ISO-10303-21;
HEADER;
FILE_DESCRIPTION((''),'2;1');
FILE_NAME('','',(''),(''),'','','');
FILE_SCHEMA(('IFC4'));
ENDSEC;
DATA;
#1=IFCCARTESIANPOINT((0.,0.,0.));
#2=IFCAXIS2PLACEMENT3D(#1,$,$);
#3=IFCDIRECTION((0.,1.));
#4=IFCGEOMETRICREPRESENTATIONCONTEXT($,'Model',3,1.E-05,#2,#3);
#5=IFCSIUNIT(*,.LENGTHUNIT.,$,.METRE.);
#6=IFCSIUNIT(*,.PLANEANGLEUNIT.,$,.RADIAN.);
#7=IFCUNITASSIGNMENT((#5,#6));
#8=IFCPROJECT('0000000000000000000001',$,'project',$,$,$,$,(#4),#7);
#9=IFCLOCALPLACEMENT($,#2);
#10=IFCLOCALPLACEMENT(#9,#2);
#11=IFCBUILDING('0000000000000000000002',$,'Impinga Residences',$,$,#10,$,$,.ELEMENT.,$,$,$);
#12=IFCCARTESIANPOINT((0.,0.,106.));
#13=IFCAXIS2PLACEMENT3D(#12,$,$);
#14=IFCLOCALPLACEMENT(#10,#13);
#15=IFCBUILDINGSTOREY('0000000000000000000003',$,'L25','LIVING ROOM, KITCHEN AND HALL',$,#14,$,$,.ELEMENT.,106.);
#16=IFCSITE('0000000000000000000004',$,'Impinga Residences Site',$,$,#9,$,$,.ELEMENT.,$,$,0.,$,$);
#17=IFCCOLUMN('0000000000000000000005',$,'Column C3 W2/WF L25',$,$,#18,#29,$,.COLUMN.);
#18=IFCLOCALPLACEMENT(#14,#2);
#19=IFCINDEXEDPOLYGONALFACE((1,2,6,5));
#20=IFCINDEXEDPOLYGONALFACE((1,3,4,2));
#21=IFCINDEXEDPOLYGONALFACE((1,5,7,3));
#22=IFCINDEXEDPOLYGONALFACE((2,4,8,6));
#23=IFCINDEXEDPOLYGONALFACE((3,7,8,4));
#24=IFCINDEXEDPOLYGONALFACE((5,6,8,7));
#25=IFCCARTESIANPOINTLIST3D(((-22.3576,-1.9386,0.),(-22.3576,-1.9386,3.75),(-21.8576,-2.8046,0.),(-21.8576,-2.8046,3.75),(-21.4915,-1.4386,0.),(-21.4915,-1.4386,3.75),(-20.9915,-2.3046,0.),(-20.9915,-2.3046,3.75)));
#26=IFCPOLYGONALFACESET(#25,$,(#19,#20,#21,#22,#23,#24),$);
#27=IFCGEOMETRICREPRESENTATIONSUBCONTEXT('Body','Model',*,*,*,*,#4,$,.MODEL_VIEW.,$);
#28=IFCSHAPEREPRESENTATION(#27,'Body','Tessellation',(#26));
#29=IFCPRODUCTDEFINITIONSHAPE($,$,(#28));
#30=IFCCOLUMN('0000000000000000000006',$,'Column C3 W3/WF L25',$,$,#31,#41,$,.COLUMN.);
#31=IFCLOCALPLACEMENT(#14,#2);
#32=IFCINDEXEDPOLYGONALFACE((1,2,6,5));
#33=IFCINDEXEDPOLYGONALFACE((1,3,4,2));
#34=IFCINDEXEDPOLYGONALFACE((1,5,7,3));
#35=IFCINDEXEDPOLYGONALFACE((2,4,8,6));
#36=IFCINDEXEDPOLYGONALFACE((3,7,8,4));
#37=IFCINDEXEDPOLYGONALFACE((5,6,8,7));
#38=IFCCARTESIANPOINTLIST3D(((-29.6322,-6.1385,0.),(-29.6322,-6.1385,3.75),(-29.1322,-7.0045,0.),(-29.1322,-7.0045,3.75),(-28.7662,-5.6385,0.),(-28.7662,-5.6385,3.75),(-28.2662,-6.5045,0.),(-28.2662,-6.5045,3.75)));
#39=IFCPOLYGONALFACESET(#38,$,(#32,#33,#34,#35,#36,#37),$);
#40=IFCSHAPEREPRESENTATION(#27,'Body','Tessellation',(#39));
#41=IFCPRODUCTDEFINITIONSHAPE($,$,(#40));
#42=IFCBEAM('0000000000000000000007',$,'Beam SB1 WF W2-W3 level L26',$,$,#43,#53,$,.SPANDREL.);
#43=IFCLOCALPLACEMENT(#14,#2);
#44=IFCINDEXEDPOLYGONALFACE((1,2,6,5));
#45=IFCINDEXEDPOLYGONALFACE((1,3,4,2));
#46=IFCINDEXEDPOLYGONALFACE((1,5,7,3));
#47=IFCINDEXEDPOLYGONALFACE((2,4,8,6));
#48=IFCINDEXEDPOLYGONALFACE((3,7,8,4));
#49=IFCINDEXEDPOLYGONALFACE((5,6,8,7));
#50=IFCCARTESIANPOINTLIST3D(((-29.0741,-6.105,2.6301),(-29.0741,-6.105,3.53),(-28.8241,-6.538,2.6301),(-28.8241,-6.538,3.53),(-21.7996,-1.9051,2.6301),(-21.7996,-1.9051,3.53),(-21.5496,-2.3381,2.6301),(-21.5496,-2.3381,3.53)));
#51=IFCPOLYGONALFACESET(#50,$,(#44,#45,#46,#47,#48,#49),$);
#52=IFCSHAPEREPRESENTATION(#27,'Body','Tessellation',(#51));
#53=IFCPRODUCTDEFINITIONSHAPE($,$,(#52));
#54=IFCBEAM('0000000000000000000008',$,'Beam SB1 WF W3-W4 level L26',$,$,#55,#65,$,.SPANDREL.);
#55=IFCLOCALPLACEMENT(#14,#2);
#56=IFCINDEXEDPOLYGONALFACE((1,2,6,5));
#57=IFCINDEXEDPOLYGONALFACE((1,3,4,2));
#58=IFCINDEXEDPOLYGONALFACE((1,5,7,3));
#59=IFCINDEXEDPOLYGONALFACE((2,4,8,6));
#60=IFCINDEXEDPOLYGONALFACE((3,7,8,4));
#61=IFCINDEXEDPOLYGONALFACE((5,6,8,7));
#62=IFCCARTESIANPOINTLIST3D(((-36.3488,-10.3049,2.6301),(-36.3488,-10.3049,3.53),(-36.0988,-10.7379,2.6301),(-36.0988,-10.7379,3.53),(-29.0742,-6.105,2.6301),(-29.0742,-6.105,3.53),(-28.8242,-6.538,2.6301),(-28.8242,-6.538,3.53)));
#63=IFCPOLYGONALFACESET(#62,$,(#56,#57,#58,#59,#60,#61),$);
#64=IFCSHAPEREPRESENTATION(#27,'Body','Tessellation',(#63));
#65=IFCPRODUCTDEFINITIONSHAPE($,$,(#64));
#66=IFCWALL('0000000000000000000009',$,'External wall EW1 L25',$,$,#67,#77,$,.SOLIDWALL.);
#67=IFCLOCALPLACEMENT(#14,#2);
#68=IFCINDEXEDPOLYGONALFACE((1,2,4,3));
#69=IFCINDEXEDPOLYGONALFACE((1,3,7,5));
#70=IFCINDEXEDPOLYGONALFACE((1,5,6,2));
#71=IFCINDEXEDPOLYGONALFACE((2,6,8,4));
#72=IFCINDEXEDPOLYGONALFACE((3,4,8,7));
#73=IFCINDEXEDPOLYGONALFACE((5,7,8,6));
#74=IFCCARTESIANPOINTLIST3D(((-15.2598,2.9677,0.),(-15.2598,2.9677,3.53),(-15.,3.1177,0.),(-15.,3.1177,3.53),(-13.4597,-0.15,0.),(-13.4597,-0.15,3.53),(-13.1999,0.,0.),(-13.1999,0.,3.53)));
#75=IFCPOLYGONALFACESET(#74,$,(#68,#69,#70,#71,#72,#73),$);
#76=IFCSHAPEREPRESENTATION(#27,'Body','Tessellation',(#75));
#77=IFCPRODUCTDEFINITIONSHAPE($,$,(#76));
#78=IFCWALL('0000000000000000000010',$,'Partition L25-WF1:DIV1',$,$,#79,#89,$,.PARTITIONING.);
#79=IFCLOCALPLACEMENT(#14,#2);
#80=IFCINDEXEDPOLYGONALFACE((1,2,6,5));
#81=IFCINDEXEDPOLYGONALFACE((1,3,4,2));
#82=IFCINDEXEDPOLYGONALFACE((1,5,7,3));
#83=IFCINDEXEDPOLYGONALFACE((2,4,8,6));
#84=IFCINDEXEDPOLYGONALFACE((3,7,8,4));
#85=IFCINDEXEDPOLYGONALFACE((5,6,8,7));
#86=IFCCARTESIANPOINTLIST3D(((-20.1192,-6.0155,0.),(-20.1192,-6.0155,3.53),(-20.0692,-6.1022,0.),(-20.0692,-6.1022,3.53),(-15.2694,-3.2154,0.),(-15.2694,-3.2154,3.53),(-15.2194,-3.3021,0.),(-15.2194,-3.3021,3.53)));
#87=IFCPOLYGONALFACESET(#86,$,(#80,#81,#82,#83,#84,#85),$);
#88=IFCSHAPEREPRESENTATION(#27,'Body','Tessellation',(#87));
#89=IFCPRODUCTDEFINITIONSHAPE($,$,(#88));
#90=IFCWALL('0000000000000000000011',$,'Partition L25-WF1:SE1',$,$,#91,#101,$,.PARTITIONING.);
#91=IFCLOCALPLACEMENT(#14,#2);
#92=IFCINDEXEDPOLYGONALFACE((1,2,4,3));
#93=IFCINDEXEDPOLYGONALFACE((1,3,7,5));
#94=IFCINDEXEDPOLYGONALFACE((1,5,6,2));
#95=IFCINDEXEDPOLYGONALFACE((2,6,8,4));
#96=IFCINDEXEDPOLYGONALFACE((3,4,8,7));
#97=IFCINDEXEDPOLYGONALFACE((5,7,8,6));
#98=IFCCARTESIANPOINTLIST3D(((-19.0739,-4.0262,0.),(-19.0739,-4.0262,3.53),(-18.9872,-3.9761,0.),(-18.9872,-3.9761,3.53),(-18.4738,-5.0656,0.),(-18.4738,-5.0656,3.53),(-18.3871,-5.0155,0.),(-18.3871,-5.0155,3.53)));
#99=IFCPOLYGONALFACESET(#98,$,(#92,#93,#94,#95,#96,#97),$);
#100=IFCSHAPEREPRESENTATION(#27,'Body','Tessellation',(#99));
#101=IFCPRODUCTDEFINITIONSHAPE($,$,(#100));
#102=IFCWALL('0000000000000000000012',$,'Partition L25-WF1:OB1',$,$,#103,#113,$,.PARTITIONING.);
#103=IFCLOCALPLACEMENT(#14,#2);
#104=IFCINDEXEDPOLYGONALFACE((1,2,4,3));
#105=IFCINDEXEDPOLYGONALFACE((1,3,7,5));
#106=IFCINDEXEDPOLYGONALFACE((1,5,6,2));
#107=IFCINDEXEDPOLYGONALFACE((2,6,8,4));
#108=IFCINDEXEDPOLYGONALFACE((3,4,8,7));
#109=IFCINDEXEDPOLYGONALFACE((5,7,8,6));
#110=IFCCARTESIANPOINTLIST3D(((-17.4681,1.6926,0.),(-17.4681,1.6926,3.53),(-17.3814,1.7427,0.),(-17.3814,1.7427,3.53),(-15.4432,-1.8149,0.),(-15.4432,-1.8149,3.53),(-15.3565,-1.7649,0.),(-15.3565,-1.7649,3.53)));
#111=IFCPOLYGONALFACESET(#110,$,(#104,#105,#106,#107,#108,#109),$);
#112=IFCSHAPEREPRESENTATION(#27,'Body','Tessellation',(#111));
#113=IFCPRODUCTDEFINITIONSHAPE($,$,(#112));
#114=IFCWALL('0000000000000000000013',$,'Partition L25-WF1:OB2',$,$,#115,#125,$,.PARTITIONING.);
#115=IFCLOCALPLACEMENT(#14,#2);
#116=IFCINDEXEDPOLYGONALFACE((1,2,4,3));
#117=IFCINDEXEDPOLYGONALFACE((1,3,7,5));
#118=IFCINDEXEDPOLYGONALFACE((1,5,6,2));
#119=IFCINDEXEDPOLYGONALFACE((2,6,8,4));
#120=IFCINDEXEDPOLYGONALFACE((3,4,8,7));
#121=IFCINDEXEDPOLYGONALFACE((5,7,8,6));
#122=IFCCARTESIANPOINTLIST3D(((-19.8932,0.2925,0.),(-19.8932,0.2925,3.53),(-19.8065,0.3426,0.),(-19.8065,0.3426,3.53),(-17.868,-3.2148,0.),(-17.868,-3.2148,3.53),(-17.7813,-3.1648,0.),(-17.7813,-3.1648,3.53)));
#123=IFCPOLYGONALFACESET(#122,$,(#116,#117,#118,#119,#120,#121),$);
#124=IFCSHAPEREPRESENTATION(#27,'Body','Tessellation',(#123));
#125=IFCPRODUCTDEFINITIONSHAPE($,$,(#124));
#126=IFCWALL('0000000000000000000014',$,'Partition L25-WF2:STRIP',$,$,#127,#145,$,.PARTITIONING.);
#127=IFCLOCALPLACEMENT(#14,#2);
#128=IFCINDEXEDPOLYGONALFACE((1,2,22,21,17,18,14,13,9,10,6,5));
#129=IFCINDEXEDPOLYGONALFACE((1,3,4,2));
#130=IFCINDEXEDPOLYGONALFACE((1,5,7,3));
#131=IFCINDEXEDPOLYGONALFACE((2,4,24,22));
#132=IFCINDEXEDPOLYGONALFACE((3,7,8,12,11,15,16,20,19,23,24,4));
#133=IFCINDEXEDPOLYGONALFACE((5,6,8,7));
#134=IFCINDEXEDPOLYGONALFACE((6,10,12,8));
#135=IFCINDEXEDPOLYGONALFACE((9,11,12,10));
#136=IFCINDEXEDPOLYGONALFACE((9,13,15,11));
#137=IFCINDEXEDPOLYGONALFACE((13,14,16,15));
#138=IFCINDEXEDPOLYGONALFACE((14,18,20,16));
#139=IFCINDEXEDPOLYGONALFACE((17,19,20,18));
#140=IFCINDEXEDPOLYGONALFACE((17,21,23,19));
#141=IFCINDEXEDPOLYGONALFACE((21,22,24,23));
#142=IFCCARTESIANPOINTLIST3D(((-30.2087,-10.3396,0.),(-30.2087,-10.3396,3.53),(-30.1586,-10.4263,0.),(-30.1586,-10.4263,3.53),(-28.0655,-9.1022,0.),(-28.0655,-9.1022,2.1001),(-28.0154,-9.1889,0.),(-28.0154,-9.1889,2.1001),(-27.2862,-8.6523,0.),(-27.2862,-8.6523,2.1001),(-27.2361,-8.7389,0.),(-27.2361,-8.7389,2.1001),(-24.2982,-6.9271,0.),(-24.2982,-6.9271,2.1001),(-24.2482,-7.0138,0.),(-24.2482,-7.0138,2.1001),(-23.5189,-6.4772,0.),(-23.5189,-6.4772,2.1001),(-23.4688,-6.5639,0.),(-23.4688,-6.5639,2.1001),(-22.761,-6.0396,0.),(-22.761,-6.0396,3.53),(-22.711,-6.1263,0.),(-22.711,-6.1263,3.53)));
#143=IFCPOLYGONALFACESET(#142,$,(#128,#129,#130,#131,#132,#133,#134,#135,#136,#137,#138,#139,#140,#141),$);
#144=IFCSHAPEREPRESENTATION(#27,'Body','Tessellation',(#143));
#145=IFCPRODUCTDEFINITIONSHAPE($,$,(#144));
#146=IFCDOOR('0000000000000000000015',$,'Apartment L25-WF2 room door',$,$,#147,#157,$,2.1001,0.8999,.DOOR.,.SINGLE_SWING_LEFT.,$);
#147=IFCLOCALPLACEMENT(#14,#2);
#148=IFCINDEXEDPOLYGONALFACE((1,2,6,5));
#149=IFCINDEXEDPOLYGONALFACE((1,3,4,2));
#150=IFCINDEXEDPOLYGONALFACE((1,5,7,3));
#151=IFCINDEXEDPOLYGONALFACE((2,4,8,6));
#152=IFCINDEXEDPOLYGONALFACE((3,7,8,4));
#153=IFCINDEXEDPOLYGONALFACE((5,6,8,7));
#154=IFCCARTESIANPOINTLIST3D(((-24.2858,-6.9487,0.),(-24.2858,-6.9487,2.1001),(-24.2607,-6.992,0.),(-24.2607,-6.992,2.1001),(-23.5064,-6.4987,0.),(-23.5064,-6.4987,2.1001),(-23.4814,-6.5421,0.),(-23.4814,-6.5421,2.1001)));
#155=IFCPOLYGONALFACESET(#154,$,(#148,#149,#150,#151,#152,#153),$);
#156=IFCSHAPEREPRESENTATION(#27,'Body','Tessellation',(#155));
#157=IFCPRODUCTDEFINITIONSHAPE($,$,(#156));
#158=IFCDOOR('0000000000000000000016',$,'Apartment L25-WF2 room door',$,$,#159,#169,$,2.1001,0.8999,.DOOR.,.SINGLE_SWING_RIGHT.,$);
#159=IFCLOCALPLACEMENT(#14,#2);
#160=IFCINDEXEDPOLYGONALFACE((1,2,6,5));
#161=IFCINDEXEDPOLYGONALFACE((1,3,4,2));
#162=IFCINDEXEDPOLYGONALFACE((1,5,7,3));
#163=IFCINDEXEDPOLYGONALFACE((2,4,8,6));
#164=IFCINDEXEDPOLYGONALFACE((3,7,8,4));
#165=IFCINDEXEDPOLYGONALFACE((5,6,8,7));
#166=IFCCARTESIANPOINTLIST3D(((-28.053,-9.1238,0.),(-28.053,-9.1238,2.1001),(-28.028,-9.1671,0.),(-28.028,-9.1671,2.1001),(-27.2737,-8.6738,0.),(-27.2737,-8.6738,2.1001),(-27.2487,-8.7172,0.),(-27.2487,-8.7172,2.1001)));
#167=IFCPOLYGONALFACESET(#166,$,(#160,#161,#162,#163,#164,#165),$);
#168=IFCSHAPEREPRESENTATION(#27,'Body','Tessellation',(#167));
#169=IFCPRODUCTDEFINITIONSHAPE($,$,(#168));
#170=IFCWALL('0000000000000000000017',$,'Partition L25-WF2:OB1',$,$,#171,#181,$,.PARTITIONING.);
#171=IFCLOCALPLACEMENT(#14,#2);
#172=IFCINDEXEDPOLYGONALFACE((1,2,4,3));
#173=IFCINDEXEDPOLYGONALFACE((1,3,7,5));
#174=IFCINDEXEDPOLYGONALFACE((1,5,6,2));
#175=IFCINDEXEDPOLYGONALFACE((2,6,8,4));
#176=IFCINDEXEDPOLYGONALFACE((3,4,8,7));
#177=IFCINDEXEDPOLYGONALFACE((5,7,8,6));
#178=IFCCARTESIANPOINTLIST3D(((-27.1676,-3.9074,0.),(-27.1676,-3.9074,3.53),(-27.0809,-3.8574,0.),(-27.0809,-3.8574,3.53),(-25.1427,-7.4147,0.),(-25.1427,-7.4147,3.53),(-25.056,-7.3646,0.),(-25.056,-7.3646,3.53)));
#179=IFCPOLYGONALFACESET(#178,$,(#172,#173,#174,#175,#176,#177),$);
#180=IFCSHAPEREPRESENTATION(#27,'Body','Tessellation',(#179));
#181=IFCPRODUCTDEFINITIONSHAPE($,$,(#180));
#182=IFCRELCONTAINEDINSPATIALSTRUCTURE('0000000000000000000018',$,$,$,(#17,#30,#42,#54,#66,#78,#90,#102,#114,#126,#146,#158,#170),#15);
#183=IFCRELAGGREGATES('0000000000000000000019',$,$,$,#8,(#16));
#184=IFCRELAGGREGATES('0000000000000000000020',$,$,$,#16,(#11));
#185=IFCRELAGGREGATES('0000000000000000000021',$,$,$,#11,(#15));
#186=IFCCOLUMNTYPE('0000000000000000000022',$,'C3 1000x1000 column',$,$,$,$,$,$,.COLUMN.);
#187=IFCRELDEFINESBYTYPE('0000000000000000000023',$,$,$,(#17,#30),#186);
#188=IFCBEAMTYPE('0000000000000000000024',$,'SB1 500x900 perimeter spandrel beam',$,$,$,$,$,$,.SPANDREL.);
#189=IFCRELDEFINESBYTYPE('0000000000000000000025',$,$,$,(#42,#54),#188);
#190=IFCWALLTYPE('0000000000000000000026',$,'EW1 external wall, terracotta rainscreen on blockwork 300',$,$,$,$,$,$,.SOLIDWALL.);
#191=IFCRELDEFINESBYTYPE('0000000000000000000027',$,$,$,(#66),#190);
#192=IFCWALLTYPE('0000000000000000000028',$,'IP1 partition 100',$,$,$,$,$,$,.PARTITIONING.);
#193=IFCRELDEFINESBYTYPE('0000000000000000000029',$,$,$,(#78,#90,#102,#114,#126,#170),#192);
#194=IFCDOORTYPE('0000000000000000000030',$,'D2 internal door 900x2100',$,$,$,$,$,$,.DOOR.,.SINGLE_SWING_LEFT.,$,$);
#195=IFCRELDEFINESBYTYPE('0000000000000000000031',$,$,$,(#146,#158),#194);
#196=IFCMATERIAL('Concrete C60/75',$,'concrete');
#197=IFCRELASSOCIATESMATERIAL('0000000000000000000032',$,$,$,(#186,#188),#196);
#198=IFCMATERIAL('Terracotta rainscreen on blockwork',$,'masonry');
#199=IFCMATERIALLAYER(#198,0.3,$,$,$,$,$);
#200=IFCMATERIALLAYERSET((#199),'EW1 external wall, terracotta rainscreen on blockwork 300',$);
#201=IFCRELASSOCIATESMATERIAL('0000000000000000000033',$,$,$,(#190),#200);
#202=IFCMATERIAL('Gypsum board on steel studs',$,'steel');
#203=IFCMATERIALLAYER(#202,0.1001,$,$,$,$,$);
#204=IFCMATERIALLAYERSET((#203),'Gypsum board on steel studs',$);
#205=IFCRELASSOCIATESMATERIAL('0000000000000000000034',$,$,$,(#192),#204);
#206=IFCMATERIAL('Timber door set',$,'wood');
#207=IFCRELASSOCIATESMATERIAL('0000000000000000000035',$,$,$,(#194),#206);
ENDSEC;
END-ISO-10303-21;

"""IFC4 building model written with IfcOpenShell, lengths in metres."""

from ifc_helpers import new_model, si_unit, direction, frame, frame_2d, origin, origin_2d, place, context, subcontext, project, spatial, rectangle, extrude, material, layer, layer_set, material_profile, profile_set, type_object, element, fill, save


model = new_model("IFC4")

# Units and contexts
model_context = context("Model", 3, precision=1e-05, world=origin(), true_north=direction((0.0, 1.0)))
body_context = subcontext(model_context, "Body", "Model", "MODEL_VIEW")
ifc_project = project(units=[si_unit("LENGTHUNIT", "METRE"), si_unit("PLANEANGLEUNIT", "RADIAN")], contexts=[model_context])

# Site, building, storey
site_placement = place(None, origin())
site = spatial("IfcSite", under=ifc_project, at=site_placement, Name="Impinga Residences Site", CompositionType="ELEMENT", RefElevation=0.0)
building_placement = place(site_placement, origin())
building = spatial("IfcBuilding", under=site, at=building_placement, Name="Impinga Residences", CompositionType="ELEMENT")
storey_placement = place(building_placement, frame((0.0, 0.0, 106.0)))
storey = spatial("IfcBuildingStorey", under=building, at=storey_placement, Name="L25", Description="LIVING ROOM, KITCHEN AND HALL", CompositionType="ELEMENT", Elevation=106.0)

# Columns
ifc_material_1 = material(Name="Concrete C60/75", Category="concrete")
ifc_material_profile_1 = material_profile(ifc_material_1, rectangle(XDim=1.0, YDim=1.0, at=origin_2d()), Name="RC 1000x1000")
ifc_profile_set_1 = profile_set([ifc_material_profile_1], Name="Concrete C60/75")
column_type = type_object("IfcColumnType", Name="C3 1000x1000 column", PredefinedType="COLUMN", material=ifc_profile_set_1)
for number, where, z_axis, x_axis, name in (
    (1, (-21.6746, -2.1216, 0.0), (0.0, 0.0, 1.0), (-0.5, 0.866025, 0.0), "Column C3 W2/WF L25"),
    (2, (-28.9492, -6.3215, 0.0), (0.0, 0.0, 1.0), (-0.5, 0.866025, 0.0), "Column C3 W3/WF L25"),
):
    element("IfcColumn", number, at=place(storey_placement, frame(where, z_axis=z_axis, x_axis=x_axis)), inside=storey, type_object=column_type, Name=name, PredefinedType="COLUMN", context=body_context, shape_type="SweptSolid", body=[
        extrude(rectangle(XDim=1.0, YDim=1.0, at=origin_2d()), origin(), (0.0, 0.0, 1.0), 3.75),
    ])

# Beams
ifc_material_profile_2 = material_profile(ifc_material_1, rectangle(XDim=0.5, YDim=0.8999, at=origin_2d()), Name="RC 500x900")
ifc_profile_set_2 = profile_set([ifc_material_profile_2], Name="Concrete C60/75")
beam_type = type_object("IfcBeamType", Name="SB1 500x900 perimeter spandrel beam", PredefinedType="SPANDREL", material=ifc_profile_set_2)
for number, where, z_axis, x_axis, name in (
    (3, (-21.6746, -2.1216, 3.0801), (-0.866029, -0.499993, 0.0), (0.499993, -0.866029, 0.0), "Beam SB1 WF W2-W3 level L26"),
    (4, (-28.9492, -6.3215, 3.0801), (-0.866029, -0.499993, 0.0), (0.499993, -0.866029, 0.0), "Beam SB1 WF W3-W4 level L26"),
):
    element("IfcBeam", number, at=place(storey_placement, frame(where, z_axis=z_axis, x_axis=x_axis)), inside=storey, type_object=beam_type, Name=name, PredefinedType="SPANDREL", context=body_context, shape_type="SweptSolid", body=[
        extrude(rectangle(XDim=0.5, YDim=0.8999, at=origin_2d()), origin(), (0.0, 0.0, 1.0), 8.3999),
    ])

# Walls
ifc_material_2 = material(Name="Terracotta rainscreen on blockwork", Category="masonry")
ifc_layer_1 = layer(ifc_material_2, 0.3)
ifc_layer_set_1 = layer_set([ifc_layer_1], Name="EW1 external wall, terracotta rainscreen on blockwork 300")
wall_type_1 = type_object("IfcWallType", Name="EW1 external wall, terracotta rainscreen on blockwork 300", PredefinedType="SOLIDWALL", material=ifc_layer_set_1)
wall_1_placement = place(storey_placement, frame((-15.1299, 3.0427, 0.0), z_axis=(0.0, 0.0, 1.0), x_axis=(0.500012, -0.866018, 0.0)))
element("IfcWall", 5, at=wall_1_placement, inside=storey, type_object=wall_type_1, Name="External wall EW1 L25", PredefinedType="SOLIDWALL", context=body_context, shape_type="SweptSolid", body=[
    extrude(rectangle(XDim=3.6001, YDim=0.3, at=frame_2d((1.8, 0.0))), origin(), (0.0, 0.0, 1.0), 3.53),
])
ifc_material_3 = material(Name="Gypsum board on steel studs", Category="steel")
ifc_layer_2 = layer(ifc_material_3, 0.1001)
ifc_layer_set_2 = layer_set([ifc_layer_2], Name="Gypsum board on steel studs")
wall_type_2 = type_object("IfcWallType", Name="IP1 partition 100", PredefinedType="PARTITIONING", material=ifc_layer_set_2)
wall_2_placement = place(storey_placement, frame((-15.2444, -3.2588, 0.0), z_axis=(0.0, 0.0, 1.0), x_axis=(-0.866027, -0.499998, 0.0)))
element("IfcWall", 6, at=wall_2_placement, inside=storey, type_object=wall_type_2, Name="Partition L25-WF1:DIV1", PredefinedType="PARTITIONING", context=body_context, shape_type="SweptSolid", body=[
    extrude(rectangle(XDim=5.6001, YDim=0.1001, at=frame_2d((2.8, 0.0))), origin(), (0.0, 0.0, 1.0), 3.53),
])
wall_3_placement = place(storey_placement, frame((-18.4304, -5.0405, 0.0), z_axis=(0.0, 0.0, 1.0), x_axis=(-0.500034, 0.866006, 0.0)))
element("IfcWall", 7, at=wall_3_placement, inside=storey, type_object=wall_type_2, Name="Partition L25-WF1:SE1", PredefinedType="PARTITIONING", context=body_context, shape_type="SweptSolid", body=[
    extrude(rectangle(XDim=1.2002, YDim=0.1001, at=frame_2d((0.6001, 0.0))), origin(), (0.0, 0.0, 1.0), 3.53),
])
for number, where, z_axis, x_axis, name in (
    (8, (-15.3999, -1.7898, 0.0), (0.0, 0.0, 1.0), (-0.499964, 0.866046, 0.0), "Partition L25-WF1:OB1"),
    (9, (-17.8247, -3.1897, 0.0), (0.0, 0.0, 1.0), (-0.500036, 0.866005, 0.0), "Partition L25-WF1:OB2"),
):
    element("IfcWall", number, at=place(storey_placement, frame(where, z_axis=z_axis, x_axis=x_axis)), inside=storey, type_object=wall_type_2, Name=name, PredefinedType="PARTITIONING", context=body_context, shape_type="SweptSolid", body=[
        extrude(rectangle(XDim=4.05, YDim=0.1001, at=frame_2d((2.0249, 0.0))), origin(), (0.0, 0.0, 1.0), 3.53),
    ])

# Wall, openings, doors
wall_4_placement = place(storey_placement, frame((-22.7361, -6.083, 0.0), z_axis=(0.0, 0.0, 1.0), x_axis=(-0.866021, -0.500008, 0.0)))
wall_4 = element("IfcWall", 10, at=wall_4_placement, inside=storey, type_object=wall_type_2, Name="Partition L25-WF2:STRIP", PredefinedType="PARTITIONING", context=body_context, shape_type="SweptSolid", body=[
    extrude(rectangle(XDim=8.5999, YDim=0.1001, at=frame_2d((4.2998, 0.0))), origin(), (0.0, 0.0, 1.0), 3.53),
])
opening_1_placement = place(wall_4_placement, frame((0.875, 0.0, 0.0)))
opening_1 = element("IfcOpeningElement", 11, at=opening_1_placement, cuts=wall_4, PredefinedType="OPENING", context=body_context, shape_type="SweptSolid", body=[
    extrude(rectangle(XDim=0.8999, YDim=2.1001, at=frame_2d((0.45, 1.05))), frame((0.0, 0.0601, 0.0), z_axis=(0.0, -1.0, 0.0), x_axis=(1.0, 0.0, 0.0)), (0.0, 0.0, 1.0), 0.1201),
])
opening_2_placement = place(wall_4_placement, frame((5.2251, 0.0, 0.0)))
opening_2 = element("IfcOpeningElement", 12, at=opening_2_placement, cuts=wall_4, PredefinedType="OPENING", context=body_context, shape_type="SweptSolid", body=[
    extrude(rectangle(XDim=0.8999, YDim=2.1001, at=frame_2d((0.45, 1.05))), frame((0.0, 0.0601, 0.0), z_axis=(0.0, -1.0, 0.0), x_axis=(1.0, 0.0, 0.0)), (0.0, 0.0, 1.0), 0.1201),
])
ifc_material_4 = material(Name="Timber door set", Category="wood")
door_type = type_object("IfcDoorType", Name="D2 internal door 900x2100", OperationType="SINGLE_SWING_LEFT", PredefinedType="DOOR", material=ifc_material_4)
door_1_placement = place(opening_1_placement, origin())
door_1 = element("IfcDoor", 13, at=door_1_placement, inside=storey, type_object=door_type, Name="Apartment L25-WF2 room door", OperationType="SINGLE_SWING_LEFT", OverallHeight=2.1001, OverallWidth=0.8999, PredefinedType="DOOR", context=body_context, shape_type="SweptSolid", body=[
    extrude(rectangle(XDim=0.8999, YDim=2.1001, at=frame_2d((0.45, 1.05))), frame((0.0, 0.0249, 0.0), z_axis=(0.0, -1.0, 0.0), x_axis=(1.0, 0.0, 0.0)), (0.0, 0.0, 1.0), 0.05),
])
fill(opening_1, door_1)
door_2_placement = place(opening_2_placement, origin())
door_2 = element("IfcDoor", 14, at=door_2_placement, inside=storey, type_object=door_type, Name="Apartment L25-WF2 room door", OperationType="SINGLE_SWING_RIGHT", OverallHeight=2.1001, OverallWidth=0.8999, PredefinedType="DOOR", context=body_context, shape_type="SweptSolid", body=[
    extrude(rectangle(XDim=0.8999, YDim=2.1001, at=frame_2d((0.45, 1.05))), frame((0.0, 0.0249, 0.0), z_axis=(0.0, -1.0, 0.0), x_axis=(1.0, 0.0, 0.0)), (0.0, 0.0, 1.0), 0.05),
])
fill(opening_2, door_2)

# Wall
wall_5_placement = place(storey_placement, frame((-25.0994, -7.3896, 0.0), z_axis=(0.0, 0.0, 1.0), x_axis=(-0.49999, 0.866031, 0.0)))
element("IfcWall", 15, at=wall_5_placement, inside=storey, type_object=wall_type_2, Name="Partition L25-WF2:OB1", PredefinedType="PARTITIONING", context=body_context, shape_type="SweptSolid", body=[
    extrude(rectangle(XDim=4.0498, YDim=0.1001, at=frame_2d((2.0249, 0.0))), origin(), (0.0, 0.0, 1.0), 3.53),
])

save(model, "model.ifc")
